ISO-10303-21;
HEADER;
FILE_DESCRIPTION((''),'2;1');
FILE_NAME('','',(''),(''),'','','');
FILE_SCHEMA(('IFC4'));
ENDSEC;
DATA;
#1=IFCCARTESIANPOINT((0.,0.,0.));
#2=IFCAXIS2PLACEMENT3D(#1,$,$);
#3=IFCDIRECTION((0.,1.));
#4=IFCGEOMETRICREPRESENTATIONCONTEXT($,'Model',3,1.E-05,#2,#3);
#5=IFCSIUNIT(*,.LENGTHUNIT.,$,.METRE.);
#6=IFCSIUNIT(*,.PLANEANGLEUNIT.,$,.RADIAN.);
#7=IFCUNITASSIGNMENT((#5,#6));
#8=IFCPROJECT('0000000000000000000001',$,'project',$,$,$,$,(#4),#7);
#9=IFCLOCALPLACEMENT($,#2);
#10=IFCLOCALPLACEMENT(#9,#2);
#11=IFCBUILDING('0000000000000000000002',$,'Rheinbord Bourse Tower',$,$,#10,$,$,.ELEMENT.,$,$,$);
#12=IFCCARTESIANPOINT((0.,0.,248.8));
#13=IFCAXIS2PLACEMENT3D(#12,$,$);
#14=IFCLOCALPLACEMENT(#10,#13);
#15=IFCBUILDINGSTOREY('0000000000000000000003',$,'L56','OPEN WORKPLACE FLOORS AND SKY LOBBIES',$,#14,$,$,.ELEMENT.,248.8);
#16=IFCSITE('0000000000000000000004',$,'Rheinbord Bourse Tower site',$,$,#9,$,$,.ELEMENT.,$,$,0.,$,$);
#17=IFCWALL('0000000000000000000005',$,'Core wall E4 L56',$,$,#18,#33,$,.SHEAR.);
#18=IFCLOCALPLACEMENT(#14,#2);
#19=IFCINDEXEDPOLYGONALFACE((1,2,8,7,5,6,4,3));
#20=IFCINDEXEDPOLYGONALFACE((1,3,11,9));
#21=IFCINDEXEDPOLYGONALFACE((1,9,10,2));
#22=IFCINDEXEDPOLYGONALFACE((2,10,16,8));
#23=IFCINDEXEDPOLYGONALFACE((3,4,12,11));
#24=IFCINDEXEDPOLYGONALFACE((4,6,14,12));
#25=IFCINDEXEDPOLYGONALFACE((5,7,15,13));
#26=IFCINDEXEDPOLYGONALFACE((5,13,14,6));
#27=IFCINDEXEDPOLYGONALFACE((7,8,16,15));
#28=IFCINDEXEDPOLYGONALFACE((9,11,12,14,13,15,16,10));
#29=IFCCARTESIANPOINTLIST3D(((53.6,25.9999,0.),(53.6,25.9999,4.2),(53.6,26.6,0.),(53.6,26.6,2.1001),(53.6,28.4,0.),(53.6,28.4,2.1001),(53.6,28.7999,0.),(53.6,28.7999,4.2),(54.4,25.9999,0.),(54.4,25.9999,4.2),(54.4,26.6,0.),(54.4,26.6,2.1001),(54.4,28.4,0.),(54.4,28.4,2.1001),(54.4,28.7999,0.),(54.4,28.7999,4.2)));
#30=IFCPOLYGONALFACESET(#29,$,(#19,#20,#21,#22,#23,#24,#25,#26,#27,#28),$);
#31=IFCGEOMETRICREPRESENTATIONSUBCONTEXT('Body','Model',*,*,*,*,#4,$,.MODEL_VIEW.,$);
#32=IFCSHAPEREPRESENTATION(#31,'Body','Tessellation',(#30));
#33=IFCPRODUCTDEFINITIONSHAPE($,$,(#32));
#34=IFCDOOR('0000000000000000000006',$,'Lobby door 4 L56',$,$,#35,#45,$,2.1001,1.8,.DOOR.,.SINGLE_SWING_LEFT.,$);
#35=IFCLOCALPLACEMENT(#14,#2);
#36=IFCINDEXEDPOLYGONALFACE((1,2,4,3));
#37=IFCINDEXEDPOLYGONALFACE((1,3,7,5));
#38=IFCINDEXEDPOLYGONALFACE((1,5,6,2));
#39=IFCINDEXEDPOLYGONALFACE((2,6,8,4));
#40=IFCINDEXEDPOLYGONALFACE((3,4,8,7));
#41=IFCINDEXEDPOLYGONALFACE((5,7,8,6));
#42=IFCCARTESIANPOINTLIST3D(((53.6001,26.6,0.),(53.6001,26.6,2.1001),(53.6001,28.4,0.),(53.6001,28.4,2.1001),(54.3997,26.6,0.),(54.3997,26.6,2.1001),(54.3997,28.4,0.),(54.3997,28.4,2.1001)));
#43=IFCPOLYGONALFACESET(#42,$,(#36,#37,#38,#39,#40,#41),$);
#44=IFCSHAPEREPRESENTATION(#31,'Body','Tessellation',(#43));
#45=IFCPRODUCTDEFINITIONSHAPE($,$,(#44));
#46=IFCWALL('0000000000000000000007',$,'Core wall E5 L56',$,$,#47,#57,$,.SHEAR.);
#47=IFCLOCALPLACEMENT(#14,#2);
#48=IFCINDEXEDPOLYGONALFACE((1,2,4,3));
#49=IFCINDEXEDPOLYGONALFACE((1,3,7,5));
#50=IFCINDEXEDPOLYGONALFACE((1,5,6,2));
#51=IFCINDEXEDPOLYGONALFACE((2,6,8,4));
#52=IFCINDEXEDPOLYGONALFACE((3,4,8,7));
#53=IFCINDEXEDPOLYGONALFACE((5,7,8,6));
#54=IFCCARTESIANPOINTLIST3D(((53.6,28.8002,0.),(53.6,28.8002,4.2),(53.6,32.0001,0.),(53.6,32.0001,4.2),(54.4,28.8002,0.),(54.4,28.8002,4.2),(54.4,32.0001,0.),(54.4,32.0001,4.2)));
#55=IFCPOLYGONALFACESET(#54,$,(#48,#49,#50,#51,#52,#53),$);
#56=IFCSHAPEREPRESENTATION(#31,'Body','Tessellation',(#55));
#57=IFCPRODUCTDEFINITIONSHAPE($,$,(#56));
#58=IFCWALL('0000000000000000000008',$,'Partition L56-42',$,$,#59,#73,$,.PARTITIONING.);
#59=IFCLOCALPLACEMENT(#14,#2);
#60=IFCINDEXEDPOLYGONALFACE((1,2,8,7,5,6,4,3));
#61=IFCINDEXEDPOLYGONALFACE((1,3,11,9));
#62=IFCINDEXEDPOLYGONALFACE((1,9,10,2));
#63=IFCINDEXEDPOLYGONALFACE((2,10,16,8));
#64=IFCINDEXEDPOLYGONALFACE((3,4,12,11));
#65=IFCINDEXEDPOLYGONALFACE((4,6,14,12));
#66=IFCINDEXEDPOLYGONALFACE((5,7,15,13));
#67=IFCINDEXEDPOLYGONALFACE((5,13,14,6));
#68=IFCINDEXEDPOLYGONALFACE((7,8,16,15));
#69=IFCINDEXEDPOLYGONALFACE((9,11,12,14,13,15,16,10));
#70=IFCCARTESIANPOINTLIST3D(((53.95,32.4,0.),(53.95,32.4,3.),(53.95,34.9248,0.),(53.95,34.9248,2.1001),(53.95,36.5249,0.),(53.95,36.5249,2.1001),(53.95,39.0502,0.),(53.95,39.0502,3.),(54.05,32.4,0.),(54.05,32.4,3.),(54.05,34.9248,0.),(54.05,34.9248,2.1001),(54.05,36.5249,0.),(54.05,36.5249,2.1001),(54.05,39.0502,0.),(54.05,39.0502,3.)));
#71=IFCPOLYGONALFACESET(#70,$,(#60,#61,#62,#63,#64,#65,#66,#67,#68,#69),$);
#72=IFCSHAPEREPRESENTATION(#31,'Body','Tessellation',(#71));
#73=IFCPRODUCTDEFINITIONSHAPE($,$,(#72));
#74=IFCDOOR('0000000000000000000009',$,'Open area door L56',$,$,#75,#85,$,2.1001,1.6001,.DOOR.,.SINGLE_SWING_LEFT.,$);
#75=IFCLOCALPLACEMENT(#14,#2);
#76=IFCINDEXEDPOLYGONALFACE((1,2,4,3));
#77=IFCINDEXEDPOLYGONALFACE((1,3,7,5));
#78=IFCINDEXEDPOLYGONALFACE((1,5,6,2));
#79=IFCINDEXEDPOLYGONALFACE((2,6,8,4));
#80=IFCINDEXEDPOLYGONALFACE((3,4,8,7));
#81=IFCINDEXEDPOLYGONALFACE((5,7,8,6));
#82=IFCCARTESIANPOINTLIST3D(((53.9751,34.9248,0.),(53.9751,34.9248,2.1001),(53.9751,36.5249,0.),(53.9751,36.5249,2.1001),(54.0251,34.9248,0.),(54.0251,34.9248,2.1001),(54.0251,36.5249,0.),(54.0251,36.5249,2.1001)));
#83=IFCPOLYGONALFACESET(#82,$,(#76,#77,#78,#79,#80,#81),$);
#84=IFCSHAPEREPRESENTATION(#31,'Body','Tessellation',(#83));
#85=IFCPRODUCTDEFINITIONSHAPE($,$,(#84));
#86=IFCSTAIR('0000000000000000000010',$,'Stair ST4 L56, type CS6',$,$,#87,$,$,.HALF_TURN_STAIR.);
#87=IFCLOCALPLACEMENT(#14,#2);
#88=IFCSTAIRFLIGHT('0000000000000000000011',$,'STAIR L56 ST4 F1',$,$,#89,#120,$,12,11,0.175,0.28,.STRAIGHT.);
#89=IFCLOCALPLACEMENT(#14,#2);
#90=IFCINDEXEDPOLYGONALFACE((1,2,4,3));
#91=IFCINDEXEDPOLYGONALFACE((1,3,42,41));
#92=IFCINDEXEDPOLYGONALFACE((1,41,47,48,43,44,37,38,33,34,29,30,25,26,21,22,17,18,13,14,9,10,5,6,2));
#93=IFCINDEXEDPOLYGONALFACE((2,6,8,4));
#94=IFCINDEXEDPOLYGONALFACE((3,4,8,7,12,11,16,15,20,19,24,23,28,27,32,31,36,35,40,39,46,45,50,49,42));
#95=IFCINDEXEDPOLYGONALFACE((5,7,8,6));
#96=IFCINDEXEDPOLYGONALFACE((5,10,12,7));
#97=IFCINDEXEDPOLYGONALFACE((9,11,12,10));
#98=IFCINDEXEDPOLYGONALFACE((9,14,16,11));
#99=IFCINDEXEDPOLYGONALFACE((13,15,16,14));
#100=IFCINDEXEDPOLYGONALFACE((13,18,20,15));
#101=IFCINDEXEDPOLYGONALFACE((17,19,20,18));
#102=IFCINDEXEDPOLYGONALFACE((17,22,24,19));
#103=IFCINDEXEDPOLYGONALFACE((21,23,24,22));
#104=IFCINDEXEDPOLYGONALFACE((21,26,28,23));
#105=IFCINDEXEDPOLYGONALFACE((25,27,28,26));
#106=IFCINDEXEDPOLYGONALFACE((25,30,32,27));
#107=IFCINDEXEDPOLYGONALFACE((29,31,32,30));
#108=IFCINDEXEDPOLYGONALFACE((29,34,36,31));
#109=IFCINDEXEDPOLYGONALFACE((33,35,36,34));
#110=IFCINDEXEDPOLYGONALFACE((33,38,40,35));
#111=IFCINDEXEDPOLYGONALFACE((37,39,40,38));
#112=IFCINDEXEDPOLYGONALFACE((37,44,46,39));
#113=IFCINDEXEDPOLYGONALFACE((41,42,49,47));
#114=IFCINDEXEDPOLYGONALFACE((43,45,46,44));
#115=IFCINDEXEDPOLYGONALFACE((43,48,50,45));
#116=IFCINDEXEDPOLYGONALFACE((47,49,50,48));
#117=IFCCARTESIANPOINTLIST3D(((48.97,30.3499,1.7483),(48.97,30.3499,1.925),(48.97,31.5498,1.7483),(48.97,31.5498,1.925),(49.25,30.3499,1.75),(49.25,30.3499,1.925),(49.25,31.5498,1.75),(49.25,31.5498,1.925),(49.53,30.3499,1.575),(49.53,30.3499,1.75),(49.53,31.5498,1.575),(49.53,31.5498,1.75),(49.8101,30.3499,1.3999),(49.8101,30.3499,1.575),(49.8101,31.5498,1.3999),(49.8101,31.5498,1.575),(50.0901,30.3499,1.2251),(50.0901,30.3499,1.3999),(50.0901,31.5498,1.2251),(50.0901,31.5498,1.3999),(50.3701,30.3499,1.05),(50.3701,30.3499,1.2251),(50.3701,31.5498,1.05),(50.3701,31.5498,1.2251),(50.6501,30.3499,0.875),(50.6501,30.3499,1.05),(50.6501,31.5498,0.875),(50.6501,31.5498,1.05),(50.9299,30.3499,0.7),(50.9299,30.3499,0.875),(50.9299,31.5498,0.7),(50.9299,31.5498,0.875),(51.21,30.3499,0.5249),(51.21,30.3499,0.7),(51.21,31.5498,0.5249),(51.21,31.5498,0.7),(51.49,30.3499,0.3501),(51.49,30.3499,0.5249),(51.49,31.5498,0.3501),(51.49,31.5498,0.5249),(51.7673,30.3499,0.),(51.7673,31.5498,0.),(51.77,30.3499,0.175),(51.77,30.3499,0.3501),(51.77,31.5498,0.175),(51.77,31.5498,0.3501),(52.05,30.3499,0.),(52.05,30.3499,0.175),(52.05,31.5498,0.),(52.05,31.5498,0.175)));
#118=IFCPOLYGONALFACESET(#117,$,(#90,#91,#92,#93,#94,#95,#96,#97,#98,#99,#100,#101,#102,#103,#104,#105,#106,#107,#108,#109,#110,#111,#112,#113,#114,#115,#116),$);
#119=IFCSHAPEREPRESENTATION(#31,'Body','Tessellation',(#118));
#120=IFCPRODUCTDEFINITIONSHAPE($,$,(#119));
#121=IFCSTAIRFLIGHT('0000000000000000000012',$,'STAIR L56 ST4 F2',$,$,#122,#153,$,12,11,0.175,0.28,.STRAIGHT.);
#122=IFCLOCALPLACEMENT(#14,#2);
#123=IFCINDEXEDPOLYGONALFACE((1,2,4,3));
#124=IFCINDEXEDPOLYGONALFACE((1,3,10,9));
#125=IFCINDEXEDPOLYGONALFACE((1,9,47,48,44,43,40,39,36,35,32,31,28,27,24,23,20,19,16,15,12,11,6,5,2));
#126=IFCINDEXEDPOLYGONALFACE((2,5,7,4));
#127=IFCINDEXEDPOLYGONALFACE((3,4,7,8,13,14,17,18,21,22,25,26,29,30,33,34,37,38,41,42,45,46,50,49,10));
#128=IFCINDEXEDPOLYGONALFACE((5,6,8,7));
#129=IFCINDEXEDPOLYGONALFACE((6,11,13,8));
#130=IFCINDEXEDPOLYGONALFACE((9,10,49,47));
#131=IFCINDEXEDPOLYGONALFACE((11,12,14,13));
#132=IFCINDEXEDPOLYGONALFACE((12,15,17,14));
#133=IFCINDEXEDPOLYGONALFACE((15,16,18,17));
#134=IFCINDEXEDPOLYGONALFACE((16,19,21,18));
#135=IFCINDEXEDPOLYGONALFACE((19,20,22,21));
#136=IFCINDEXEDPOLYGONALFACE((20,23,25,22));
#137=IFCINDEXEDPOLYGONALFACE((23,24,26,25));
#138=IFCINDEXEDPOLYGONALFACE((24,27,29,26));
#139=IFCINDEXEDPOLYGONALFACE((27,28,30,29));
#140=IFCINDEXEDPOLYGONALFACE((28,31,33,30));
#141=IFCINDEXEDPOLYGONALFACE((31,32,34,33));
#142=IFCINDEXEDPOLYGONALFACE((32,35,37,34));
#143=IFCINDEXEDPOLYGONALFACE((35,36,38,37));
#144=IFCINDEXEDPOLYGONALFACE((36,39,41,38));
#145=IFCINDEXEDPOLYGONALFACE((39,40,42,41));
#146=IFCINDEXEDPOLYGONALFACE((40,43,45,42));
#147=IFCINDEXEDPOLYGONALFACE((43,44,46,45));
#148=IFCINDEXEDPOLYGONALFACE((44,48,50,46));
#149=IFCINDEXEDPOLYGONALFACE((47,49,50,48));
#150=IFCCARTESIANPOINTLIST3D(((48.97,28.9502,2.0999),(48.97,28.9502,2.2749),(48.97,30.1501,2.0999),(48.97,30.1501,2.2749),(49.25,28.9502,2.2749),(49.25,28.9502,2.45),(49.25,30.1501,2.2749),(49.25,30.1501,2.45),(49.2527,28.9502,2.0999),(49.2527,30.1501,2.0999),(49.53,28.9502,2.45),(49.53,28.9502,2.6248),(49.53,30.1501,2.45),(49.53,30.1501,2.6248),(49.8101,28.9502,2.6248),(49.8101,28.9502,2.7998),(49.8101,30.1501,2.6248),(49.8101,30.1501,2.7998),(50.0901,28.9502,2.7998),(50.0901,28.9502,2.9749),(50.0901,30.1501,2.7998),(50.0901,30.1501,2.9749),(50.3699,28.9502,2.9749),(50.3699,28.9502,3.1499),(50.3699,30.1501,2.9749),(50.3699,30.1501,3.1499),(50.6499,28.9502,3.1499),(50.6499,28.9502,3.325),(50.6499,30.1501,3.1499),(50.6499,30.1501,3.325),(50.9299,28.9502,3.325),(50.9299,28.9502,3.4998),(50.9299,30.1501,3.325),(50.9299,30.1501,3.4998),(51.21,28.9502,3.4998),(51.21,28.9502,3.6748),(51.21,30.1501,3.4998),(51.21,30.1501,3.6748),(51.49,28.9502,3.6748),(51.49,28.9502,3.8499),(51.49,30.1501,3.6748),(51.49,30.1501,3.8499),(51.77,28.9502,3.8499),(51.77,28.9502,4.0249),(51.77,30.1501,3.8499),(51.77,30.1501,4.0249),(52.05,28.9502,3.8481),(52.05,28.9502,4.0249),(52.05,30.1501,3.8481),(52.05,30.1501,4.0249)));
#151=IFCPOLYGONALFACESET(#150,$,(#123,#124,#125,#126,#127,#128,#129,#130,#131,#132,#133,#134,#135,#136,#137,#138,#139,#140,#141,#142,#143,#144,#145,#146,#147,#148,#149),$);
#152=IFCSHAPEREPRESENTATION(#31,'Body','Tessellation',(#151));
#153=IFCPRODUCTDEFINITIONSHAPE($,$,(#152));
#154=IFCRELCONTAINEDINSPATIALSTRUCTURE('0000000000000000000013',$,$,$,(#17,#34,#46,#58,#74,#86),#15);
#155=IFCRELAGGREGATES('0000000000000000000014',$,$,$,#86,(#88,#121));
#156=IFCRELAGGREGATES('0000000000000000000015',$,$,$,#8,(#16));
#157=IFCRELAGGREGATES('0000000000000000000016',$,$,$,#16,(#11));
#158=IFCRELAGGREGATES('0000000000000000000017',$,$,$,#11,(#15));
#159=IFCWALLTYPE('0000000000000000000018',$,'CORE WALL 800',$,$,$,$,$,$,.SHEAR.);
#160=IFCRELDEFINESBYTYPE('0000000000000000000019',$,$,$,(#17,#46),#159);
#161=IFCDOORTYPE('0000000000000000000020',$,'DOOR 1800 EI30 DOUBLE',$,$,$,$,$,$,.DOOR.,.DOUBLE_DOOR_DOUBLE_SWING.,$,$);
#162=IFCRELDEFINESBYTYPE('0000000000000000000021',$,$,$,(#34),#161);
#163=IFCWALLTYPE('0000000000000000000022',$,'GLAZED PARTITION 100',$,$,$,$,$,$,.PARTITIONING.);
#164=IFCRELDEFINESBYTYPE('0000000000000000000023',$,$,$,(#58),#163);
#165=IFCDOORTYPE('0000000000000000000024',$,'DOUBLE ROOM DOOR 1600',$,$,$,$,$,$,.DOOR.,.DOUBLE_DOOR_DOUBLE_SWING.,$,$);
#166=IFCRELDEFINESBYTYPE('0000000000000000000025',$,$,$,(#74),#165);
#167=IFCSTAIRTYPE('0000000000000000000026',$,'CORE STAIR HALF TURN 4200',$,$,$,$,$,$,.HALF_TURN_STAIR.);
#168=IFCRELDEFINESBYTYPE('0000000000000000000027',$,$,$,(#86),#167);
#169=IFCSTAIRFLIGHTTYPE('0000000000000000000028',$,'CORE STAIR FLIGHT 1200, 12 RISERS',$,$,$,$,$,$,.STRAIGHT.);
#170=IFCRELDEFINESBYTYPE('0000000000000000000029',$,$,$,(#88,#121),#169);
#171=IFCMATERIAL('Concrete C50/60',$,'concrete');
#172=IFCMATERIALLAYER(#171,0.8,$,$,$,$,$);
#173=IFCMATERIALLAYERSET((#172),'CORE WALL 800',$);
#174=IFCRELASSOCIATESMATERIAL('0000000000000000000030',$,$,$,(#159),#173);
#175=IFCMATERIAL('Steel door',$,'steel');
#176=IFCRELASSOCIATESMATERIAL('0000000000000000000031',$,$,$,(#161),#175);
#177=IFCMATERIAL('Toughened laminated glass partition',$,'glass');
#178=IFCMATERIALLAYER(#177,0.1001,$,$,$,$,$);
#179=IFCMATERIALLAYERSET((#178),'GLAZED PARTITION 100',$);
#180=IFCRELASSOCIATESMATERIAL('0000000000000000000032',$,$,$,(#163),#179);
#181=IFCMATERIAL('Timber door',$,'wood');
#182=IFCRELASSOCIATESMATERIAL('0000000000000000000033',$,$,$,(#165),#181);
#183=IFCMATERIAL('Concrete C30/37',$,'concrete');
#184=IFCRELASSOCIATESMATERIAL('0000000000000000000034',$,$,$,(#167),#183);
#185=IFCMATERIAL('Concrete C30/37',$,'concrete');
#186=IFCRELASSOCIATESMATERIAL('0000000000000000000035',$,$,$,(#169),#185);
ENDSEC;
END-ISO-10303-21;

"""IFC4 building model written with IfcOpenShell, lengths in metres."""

from ifc_helpers import new_model, si_unit, direction, frame, frame_2d, origin, place, context, subcontext, project, spatial, polyline, rectangle, outline, extrude, material, layer, layer_set, type_object, element, fill, aggregate, save


model = new_model("IFC4")

# Units and contexts
model_context = context("Model", 3, precision=1e-05, world=origin(), true_north=direction((0.0, 1.0)))
body_context = subcontext(model_context, "Body", "Model", "MODEL_VIEW")
ifc_project = project(units=[si_unit("LENGTHUNIT", "METRE"), si_unit("PLANEANGLEUNIT", "RADIAN")], contexts=[model_context])

# Site, building, storey
site_placement = place(None, origin())
site = spatial("IfcSite", under=ifc_project, at=site_placement, Name="Rheinbord Bourse Tower site", CompositionType="ELEMENT", RefElevation=0.0)
building_placement = place(site_placement, origin())
building = spatial("IfcBuilding", under=site, at=building_placement, Name="Rheinbord Bourse Tower", CompositionType="ELEMENT")
storey_placement = place(building_placement, frame((0.0, 0.0, 248.8)))
storey = spatial("IfcBuildingStorey", under=building, at=storey_placement, Name="L56", Description="OPEN WORKPLACE FLOORS AND SKY LOBBIES", CompositionType="ELEMENT", Elevation=248.8)

# Shared definitions
ifc_material_1 = material(Name="Concrete C50/60", Category="concrete")
ifc_layer_1 = layer(ifc_material_1, 0.8)
ifc_layer_set_1 = layer_set([ifc_layer_1], Name="CORE WALL 800")
wall_type_1 = type_object("IfcWallType", Name="CORE WALL 800", PredefinedType="SHEAR", material=ifc_layer_set_1)

# Wall, opening, door
wall_1_placement = place(storey_placement, frame((54.0, 26.0, 0.0), z_axis=(0.0, 0.0, 1.0), x_axis=(0.0, 1.0, 0.0)))
wall_1 = element("IfcWall", 1, at=wall_1_placement, inside=storey, type_object=wall_type_1, Name="Core wall E4 L56", PredefinedType="SHEAR", context=body_context, shape_type="SweptSolid", body=[
    extrude(rectangle(XDim=2.8, YDim=0.8, at=frame_2d((1.3999, 0.0))), origin(), (0.0, 0.0, 1.0), 4.2),
])
opening_1_placement = place(wall_1_placement, frame((0.6001, 0.0, 0.0)))
opening_1 = element("IfcOpeningElement", 2, at=opening_1_placement, cuts=wall_1, PredefinedType="OPENING", context=body_context, shape_type="SweptSolid", body=[
    extrude(rectangle(XDim=1.8, YDim=2.1001, at=frame_2d((0.8999, 1.05))), frame((0.0, 0.4099, 0.0), z_axis=(0.0, -1.0, 0.0), x_axis=(1.0, 0.0, 0.0)), (0.0, 0.0, 1.0), 0.8201),
])
ifc_material_2 = material(Name="Steel door", Category="steel")
door_type_1 = type_object("IfcDoorType", Name="DOOR 1800 EI30 DOUBLE", OperationType="DOUBLE_DOOR_DOUBLE_SWING", PredefinedType="DOOR", material=ifc_material_2)
door_1_placement = place(opening_1_placement, origin())
door_1 = element("IfcDoor", 3, at=door_1_placement, inside=storey, type_object=door_type_1, Name="Lobby door 4 L56", OperationType="SINGLE_SWING_LEFT", OverallHeight=2.1001, OverallWidth=1.8, PredefinedType="DOOR", context=body_context, shape_type="SweptSolid", body=[
    extrude(rectangle(XDim=1.8, YDim=2.1001, at=frame_2d((0.8999, 1.05))), frame((0.0, 0.3999, 0.0), z_axis=(0.0, -1.0, 0.0), x_axis=(1.0, 0.0, 0.0)), (0.0, 0.0, 1.0), 0.7996),
])
fill(opening_1, door_1)

# Wall
wall_2_placement = place(storey_placement, frame((54.0, 28.8, 0.0), z_axis=(0.0, 0.0, 1.0), x_axis=(0.0, 1.0, 0.0)))
element("IfcWall", 4, at=wall_2_placement, inside=storey, type_object=wall_type_1, Name="Core wall E5 L56", PredefinedType="SHEAR", context=body_context, shape_type="SweptSolid", body=[
    extrude(rectangle(XDim=3.2, YDim=0.8, at=frame_2d((1.6001, 0.0))), origin(), (0.0, 0.0, 1.0), 4.2),
])

# Wall, opening, door
ifc_material_3 = material(Name="Toughened laminated glass partition", Category="glass")
ifc_layer_2 = layer(ifc_material_3, 0.1001)
ifc_layer_set_2 = layer_set([ifc_layer_2], Name="GLAZED PARTITION 100")
wall_type_2 = type_object("IfcWallType", Name="GLAZED PARTITION 100", PredefinedType="PARTITIONING", material=ifc_layer_set_2)
wall_3_placement = place(storey_placement, frame((54.0, 32.3999, 0.0), z_axis=(0.0, 0.0, 1.0), x_axis=(0.0, 1.0, 0.0)))
wall_3 = element("IfcWall", 5, at=wall_3_placement, inside=storey, type_object=wall_type_2, Name="Partition L56-42", PredefinedType="PARTITIONING", context=body_context, shape_type="SweptSolid", body=[
    extrude(rectangle(XDim=6.6501, YDim=0.1001, at=frame_2d((3.3252, 0.0))), origin(), (0.0, 0.0, 1.0), 3.0),
])
opening_2_placement = place(wall_3_placement, frame((2.5249, 0.0, 0.0)))
opening_2 = element("IfcOpeningElement", 6, at=opening_2_placement, cuts=wall_3, PredefinedType="OPENING", context=body_context, shape_type="SweptSolid", body=[
    extrude(rectangle(XDim=1.6001, YDim=2.1001, at=frame_2d((0.8, 1.05))), frame((0.0, 0.0601, 0.0), z_axis=(0.0, -1.0, 0.0), x_axis=(1.0, 0.0, 0.0)), (0.0, 0.0, 1.0), 0.1201),
])
ifc_material_4 = material(Name="Timber door", Category="wood")
door_type_2 = type_object("IfcDoorType", Name="DOUBLE ROOM DOOR 1600", OperationType="DOUBLE_DOOR_DOUBLE_SWING", PredefinedType="DOOR", material=ifc_material_4)
door_2_placement = place(opening_2_placement, origin())
door_2 = element("IfcDoor", 7, at=door_2_placement, inside=storey, type_object=door_type_2, Name="Open area door L56", OperationType="SINGLE_SWING_LEFT", OverallHeight=2.1001, OverallWidth=1.6001, PredefinedType="DOOR", context=body_context, shape_type="SweptSolid", body=[
    extrude(rectangle(XDim=1.6001, YDim=2.1001, at=frame_2d((0.8, 1.05))), frame((0.0, 0.0249, 0.0), z_axis=(0.0, -1.0, 0.0), x_axis=(1.0, 0.0, 0.0)), (0.0, 0.0, 1.0), 0.05),
])
fill(opening_2, door_2)

# Stair, stair flights
ifc_material_5 = material(Name="Concrete C30/37", Category="concrete")
stair_type = type_object("IfcStairType", Name="CORE STAIR HALF TURN 4200", PredefinedType="HALF_TURN_STAIR", material=ifc_material_5)
stair_placement = place(storey_placement, origin())
stair = element("IfcStair", 8, at=stair_placement, inside=storey, type_object=stair_type, Name="Stair ST4 L56, type CS6", PredefinedType="HALF_TURN_STAIR")
ifc_material_6 = material(Name="Concrete C30/37", Category="concrete")
stair_flight_type = type_object("IfcStairFlightType", Name="CORE STAIR FLIGHT 1200, 12 RISERS", PredefinedType="STRAIGHT", material=ifc_material_6)
stair_flight_1_placement = place(storey_placement, frame((52.05, 30.95, 0.0), z_axis=(0.0, 0.0, 1.0), x_axis=(-1.0, 0.0, 0.0)))
stair_flight_1 = element("IfcStairFlight", 9, at=stair_flight_1_placement, type_object=stair_flight_type, Name="STAIR L56 ST4 F1", NumberOfRisers=12, NumberOfTreads=11, PredefinedType="STRAIGHT", RiserHeight=0.175, TreadLength=0.28, context=body_context, shape_type="SweptSolid", body=[
    extrude(outline(polyline([(0.0, 0.0), (0.0, 0.175), (0.28, 0.175), (0.28, 0.3501), (0.5601, 0.3501), (0.5601, 0.5249), (0.8401, 0.5249), (0.8401, 0.7), (1.1201, 0.7), (1.1201, 0.875), (1.3999, 0.875), (1.3999, 1.05), (1.6799, 1.05), (1.6799, 1.2251), (1.96, 1.2251), (1.96, 1.3999), (2.24, 1.3999), (2.24, 1.575), (2.52, 1.575), (2.52, 1.75), (2.8, 1.75), (2.8, 1.925), (3.0801, 1.925), (3.0801, 2.1001), (3.0801, 1.7483), (0.2827, 0.0), (0.0, 0.0)])), frame((0.0, 0.6001, 0.0), z_axis=(0.0, -1.0, 0.0), x_axis=(1.0, 0.0, 0.0)), (0.0, 0.0, 1.0), 1.2),
])
stair_flight_2_placement = place(storey_placement, frame((48.97, 29.55, 2.0999), z_axis=(0.0, 0.0, 1.0), x_axis=(1.0, 0.0, 0.0)))
stair_flight_2 = element("IfcStairFlight", 10, at=stair_flight_2_placement, type_object=stair_flight_type, Name="STAIR L56 ST4 F2", NumberOfRisers=12, NumberOfTreads=11, PredefinedType="STRAIGHT", RiserHeight=0.175, TreadLength=0.28, context=body_context, shape_type="SweptSolid", body=[
    extrude(outline(polyline([(0.0, 0.0), (0.0, 0.175), (0.28, 0.175), (0.28, 0.3501), (0.5601, 0.3501), (0.5601, 0.5249), (0.8401, 0.5249), (0.8401, 0.7), (1.1201, 0.7), (1.1201, 0.875), (1.3999, 0.875), (1.3999, 1.05), (1.6799, 1.05), (1.6799, 1.2251), (1.96, 1.2251), (1.96, 1.3999), (2.24, 1.3999), (2.24, 1.575), (2.52, 1.575), (2.52, 1.75), (2.8, 1.75), (2.8, 1.925), (3.0801, 1.925), (3.0801, 2.1001), (3.0801, 1.7483), (0.2827, 0.0), (0.0, 0.0)])), frame((0.0, 0.6001, 0.0), z_axis=(0.0, -1.0, 0.0), x_axis=(1.0, 0.0, 0.0)), (0.0, 0.0, 1.0), 1.2),
])
aggregate(stair, [stair_flight_1, stair_flight_2])

save(model, "model.ifc")
